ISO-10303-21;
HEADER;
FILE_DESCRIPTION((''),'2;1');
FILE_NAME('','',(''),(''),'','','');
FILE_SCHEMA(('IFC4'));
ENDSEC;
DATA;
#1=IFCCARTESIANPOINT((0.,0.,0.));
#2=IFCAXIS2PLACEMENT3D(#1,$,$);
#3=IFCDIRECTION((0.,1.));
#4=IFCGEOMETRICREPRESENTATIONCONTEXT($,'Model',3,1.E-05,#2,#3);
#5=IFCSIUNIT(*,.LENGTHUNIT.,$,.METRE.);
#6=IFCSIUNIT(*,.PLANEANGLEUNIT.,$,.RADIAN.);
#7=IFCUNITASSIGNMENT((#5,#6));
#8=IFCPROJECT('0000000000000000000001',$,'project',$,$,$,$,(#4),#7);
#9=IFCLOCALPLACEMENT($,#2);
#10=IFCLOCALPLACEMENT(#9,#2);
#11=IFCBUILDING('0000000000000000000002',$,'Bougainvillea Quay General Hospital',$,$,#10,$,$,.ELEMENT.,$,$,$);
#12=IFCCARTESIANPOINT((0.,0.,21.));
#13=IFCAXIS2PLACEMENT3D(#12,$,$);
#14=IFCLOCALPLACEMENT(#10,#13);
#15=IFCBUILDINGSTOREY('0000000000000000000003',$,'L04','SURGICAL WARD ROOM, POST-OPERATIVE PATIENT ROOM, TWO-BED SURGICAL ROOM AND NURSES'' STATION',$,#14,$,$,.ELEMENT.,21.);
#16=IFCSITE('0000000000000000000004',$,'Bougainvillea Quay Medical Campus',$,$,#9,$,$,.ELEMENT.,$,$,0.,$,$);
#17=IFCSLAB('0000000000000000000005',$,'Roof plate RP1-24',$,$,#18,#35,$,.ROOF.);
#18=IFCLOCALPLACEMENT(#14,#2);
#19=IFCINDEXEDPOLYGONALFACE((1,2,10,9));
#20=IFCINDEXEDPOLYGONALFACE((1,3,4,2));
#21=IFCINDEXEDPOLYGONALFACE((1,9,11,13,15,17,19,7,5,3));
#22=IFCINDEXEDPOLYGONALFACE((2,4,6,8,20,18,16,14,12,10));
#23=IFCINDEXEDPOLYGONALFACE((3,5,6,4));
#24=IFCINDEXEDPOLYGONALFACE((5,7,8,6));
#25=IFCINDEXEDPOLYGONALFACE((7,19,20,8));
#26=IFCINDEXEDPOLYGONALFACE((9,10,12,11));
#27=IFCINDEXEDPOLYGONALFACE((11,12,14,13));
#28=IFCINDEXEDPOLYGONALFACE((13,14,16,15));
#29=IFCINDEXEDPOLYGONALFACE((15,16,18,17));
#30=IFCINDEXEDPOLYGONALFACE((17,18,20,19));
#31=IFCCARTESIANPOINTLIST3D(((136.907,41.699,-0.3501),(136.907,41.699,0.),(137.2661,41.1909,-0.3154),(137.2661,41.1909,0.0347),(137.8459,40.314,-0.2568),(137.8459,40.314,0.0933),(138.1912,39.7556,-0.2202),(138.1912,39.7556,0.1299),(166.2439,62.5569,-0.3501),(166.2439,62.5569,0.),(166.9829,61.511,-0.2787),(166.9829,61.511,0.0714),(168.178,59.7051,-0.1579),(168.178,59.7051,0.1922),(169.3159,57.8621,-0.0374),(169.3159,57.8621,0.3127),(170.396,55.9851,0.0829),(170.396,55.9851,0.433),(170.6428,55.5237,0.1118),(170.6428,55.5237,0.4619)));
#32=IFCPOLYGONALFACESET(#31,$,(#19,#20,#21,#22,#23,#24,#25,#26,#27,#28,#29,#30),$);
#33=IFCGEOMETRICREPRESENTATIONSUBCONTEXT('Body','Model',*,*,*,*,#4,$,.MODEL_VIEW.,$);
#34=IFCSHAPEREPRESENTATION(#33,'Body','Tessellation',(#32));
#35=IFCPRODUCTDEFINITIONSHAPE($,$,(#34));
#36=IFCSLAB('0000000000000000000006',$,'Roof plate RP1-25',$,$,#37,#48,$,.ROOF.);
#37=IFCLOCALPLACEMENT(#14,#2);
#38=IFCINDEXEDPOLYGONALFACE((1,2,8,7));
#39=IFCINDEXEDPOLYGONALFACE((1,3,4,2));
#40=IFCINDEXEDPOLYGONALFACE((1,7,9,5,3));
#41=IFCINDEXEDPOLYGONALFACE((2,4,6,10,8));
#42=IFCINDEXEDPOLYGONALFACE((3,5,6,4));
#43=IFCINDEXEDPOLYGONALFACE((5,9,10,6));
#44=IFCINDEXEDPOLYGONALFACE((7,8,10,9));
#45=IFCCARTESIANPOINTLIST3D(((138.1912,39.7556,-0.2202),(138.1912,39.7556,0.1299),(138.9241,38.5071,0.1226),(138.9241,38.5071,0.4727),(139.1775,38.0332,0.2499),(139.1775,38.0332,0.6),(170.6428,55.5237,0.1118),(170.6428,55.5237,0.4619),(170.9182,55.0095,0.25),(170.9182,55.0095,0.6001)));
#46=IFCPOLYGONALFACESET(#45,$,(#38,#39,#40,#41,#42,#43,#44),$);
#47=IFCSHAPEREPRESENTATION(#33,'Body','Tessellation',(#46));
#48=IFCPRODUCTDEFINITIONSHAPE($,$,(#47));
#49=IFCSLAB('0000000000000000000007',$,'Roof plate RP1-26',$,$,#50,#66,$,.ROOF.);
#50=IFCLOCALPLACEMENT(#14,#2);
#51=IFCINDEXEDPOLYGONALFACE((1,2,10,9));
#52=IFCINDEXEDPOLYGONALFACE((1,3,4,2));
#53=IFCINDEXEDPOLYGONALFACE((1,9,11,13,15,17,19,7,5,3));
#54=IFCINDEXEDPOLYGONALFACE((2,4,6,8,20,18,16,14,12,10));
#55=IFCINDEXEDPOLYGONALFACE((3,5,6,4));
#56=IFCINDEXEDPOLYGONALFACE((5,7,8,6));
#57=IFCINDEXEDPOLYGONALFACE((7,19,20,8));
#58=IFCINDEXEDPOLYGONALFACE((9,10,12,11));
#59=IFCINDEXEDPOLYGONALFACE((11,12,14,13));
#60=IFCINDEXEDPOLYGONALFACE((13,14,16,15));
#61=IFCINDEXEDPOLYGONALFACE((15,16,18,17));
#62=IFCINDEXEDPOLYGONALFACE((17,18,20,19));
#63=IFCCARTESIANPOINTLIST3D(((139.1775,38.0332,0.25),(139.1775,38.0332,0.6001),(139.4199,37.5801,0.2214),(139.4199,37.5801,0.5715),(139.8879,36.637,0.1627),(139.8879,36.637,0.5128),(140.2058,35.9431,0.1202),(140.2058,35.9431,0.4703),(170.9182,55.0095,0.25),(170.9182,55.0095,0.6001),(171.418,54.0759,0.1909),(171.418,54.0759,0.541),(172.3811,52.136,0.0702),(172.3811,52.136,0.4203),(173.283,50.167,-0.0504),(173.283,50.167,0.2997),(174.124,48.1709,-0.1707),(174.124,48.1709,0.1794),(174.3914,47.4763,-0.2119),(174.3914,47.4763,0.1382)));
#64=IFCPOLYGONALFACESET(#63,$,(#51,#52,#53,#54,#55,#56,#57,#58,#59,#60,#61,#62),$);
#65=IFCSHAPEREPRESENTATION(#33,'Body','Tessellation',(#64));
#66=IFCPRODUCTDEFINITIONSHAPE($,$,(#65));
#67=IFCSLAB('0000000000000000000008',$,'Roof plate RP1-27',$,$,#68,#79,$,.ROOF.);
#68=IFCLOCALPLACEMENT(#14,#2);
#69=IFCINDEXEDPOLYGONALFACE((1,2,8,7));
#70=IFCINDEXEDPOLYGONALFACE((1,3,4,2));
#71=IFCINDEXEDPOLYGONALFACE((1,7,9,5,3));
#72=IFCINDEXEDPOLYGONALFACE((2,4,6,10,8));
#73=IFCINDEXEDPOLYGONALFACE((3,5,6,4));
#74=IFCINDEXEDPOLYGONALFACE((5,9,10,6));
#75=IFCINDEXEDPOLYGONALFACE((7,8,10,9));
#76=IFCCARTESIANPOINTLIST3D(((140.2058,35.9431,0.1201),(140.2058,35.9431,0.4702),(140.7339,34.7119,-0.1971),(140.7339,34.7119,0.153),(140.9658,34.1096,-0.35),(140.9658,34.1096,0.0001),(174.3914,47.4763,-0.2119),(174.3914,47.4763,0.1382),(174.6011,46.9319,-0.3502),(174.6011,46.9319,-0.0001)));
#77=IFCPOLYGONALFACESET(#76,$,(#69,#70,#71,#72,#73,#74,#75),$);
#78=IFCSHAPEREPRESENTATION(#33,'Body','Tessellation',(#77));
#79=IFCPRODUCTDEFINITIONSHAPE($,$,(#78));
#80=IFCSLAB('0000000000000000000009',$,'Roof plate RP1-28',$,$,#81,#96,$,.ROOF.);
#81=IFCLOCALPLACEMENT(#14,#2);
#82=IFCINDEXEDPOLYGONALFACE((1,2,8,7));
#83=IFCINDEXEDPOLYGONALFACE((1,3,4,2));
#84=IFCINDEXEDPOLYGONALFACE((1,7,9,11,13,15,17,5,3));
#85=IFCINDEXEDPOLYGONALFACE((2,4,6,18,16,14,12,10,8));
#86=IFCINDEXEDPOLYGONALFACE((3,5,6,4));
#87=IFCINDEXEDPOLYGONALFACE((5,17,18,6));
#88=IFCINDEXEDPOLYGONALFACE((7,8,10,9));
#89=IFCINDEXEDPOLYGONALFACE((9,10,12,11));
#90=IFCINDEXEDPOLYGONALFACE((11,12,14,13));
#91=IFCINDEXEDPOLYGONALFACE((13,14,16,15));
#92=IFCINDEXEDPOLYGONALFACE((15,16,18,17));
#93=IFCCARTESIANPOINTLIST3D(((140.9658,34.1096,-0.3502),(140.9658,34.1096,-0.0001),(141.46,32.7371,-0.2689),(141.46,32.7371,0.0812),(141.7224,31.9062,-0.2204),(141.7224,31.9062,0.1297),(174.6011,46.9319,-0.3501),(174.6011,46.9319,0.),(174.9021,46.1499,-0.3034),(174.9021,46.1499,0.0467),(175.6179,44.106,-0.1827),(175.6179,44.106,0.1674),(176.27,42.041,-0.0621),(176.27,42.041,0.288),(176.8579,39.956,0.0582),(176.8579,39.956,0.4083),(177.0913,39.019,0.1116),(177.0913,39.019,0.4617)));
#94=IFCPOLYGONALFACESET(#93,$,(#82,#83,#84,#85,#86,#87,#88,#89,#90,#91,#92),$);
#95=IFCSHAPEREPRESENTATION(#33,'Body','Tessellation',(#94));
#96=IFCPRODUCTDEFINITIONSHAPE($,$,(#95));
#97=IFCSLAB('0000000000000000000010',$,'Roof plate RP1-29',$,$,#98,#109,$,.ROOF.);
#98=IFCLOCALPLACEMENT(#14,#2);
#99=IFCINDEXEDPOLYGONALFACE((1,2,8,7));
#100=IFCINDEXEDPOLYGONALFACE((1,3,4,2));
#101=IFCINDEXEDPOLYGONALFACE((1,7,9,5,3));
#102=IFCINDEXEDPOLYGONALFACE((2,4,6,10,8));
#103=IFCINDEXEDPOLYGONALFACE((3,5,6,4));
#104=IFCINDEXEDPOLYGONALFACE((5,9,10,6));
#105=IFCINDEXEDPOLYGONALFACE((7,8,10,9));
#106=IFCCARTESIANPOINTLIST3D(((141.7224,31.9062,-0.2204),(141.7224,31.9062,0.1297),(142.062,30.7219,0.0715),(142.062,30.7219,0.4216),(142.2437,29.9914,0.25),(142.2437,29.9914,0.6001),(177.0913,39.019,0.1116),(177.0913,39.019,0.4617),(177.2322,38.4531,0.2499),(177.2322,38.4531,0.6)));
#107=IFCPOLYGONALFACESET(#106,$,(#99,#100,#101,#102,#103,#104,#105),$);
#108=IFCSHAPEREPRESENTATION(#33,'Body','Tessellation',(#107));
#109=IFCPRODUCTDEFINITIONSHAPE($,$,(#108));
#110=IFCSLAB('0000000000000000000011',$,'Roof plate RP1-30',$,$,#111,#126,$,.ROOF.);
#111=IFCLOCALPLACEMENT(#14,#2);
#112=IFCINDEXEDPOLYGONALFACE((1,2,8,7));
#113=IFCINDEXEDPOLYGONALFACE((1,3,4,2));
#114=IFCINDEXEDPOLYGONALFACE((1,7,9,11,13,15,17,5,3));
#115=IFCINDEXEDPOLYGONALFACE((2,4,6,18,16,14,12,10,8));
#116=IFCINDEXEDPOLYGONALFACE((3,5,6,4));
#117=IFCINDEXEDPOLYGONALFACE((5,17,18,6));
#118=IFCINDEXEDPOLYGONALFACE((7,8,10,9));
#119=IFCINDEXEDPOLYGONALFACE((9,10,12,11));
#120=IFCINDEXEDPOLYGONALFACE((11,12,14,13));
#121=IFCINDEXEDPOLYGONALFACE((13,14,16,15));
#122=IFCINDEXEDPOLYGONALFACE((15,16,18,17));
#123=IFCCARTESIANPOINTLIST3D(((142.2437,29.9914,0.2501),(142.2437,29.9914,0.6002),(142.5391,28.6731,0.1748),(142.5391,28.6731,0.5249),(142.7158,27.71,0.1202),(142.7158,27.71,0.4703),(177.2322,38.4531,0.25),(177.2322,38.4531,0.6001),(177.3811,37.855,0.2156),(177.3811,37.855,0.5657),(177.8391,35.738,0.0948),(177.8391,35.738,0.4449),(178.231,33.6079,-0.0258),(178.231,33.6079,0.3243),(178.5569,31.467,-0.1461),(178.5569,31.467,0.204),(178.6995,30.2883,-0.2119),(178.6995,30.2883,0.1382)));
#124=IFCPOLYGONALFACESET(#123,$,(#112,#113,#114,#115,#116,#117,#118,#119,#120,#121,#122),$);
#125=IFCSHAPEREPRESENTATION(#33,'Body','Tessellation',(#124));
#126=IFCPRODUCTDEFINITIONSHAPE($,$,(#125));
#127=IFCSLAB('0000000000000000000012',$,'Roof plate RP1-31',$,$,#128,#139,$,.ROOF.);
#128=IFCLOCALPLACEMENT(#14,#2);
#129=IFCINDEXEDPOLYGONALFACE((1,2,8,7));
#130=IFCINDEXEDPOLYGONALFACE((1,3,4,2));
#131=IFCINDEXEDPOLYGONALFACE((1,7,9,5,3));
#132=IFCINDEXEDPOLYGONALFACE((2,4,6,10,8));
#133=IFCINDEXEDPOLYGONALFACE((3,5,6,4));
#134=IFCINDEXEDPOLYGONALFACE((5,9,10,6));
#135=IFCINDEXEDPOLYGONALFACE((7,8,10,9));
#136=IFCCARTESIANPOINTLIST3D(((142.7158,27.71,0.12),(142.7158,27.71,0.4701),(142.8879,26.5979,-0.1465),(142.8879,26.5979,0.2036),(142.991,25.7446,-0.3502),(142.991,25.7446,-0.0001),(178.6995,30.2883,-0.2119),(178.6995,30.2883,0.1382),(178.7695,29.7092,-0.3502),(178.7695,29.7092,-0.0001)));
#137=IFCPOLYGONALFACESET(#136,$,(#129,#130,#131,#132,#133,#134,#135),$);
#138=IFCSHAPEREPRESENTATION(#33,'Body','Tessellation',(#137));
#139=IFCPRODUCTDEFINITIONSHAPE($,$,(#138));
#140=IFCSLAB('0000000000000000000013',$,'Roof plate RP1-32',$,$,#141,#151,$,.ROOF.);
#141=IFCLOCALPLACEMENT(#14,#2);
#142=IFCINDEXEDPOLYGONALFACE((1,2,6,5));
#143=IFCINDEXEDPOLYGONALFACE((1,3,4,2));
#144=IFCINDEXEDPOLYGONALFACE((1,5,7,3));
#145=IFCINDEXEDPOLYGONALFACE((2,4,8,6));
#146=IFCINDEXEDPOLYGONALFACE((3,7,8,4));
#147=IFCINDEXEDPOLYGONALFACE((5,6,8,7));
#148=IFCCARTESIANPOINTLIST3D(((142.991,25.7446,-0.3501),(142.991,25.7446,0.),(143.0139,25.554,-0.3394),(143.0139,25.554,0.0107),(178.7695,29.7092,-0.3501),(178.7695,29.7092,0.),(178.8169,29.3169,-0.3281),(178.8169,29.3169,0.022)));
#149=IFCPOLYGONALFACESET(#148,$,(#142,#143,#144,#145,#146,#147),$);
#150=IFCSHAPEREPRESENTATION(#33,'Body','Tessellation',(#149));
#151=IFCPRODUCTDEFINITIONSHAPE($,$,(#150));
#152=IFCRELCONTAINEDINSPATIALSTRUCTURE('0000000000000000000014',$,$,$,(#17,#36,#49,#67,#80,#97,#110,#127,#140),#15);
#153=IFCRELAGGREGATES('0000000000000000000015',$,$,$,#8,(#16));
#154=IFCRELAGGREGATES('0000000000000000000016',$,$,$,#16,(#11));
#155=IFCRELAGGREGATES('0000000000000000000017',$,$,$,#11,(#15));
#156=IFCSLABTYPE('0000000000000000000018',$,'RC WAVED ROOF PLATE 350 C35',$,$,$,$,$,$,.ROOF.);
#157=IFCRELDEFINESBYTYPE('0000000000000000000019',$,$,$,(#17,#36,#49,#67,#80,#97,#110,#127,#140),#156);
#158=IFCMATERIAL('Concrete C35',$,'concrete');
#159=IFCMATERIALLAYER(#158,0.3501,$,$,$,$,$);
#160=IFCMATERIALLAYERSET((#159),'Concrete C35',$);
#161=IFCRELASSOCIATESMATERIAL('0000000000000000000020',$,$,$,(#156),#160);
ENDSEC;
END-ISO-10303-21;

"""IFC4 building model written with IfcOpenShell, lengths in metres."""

from ifc_helpers import new_model, si_unit, direction, frame, origin, place, context, subcontext, project, spatial, polyline, outline, extrude, material, layer, layer_set, type_object, element, save


model = new_model("IFC4")

# Units and contexts
model_context = context("Model", 3, precision=1e-05, world=origin(), true_north=direction((0.0, 1.0)))
body_context = subcontext(model_context, "Body", "Model", "MODEL_VIEW")
ifc_project = project(units=[si_unit("LENGTHUNIT", "METRE"), si_unit("PLANEANGLEUNIT", "RADIAN")], contexts=[model_context])

# Site, building, storey
site_placement = place(None, origin())
site = spatial("IfcSite", under=ifc_project, at=site_placement, Name="Bougainvillea Quay Medical Campus", CompositionType="ELEMENT", RefElevation=0.0)
building_placement = place(site_placement, origin())
building = spatial("IfcBuilding", under=site, at=building_placement, Name="Bougainvillea Quay General Hospital", CompositionType="ELEMENT")
storey_placement = place(building_placement, frame((0.0, 0.0, 21.0)))
storey = spatial("IfcBuildingStorey", under=building, at=storey_placement, Name="L04", Description="SURGICAL WARD ROOM, POST-OPERATIVE PATIENT ROOM, TWO-BED SURGICAL ROOM AND NURSES' STATION", CompositionType="ELEMENT", Elevation=21.0)

# Slabs
ifc_material_1 = material(Name="Concrete C35", Category="concrete")
ifc_layer = layer(ifc_material_1, 0.3501)
ifc_layer_set = layer_set([ifc_layer], Name="Concrete C35")
slab_type = type_object("IfcSlabType", Name="RC WAVED ROOF PLATE 350 C35", PredefinedType="ROOF", material=ifc_layer_set)
slab_1_placement = place(storey_placement, frame((166.2439, 62.5569, 0.0), z_axis=(-0.032273, 0.045392, 0.998448), x_axis=(-0.815006, -0.579452, 0.0)))
element("IfcSlab", 1, at=slab_1_placement, inside=storey, type_object=slab_type, Name="Roof plate RP1-24", PredefinedType="ROOF", context=body_context, shape_type="SweptSolid", body=[
    extrude(outline(polyline([(0.0, 0.0), (35.9959, 0.0), (35.9976, 0.6231), (36.0332, 1.6755), (36.0754, 2.3316), (0.4903, 8.2939), (0.424, 7.774), (0.2167, 5.6151), (0.0762, 3.4503), (0.0037, 1.2826), (0.0, 0.0)])), origin(), (0.0, -0.055696, -0.998448), 0.3501),
])
slab_2_placement = place(storey_placement, frame((170.6428, 55.5237, 0.4619), z_axis=(-0.108757, 0.203338, 0.97305), x_axis=(-0.899406, -0.437016, -0.009203)))
element("IfcSlab", 2, at=slab_2_placement, inside=storey, type_object=slab_type, Name="Roof plate RP1-25", PredefinedType="ROOF", context=body_context, shape_type="SweptSolid", body=[
    extrude(outline(polyline([(0.0, 0.0), (36.0812, 0.0), (35.9645, 1.4832), (35.9425, 2.035), (-0.0243, 0.5989), (0.0, 0.0)])), origin(), (0.009203, -0.230412, -0.97305), 0.3501),
])
slab_3_placement = place(storey_placement, frame((170.9182, 55.0095, 0.6001), z_axis=(0.026269, -0.049113, 0.998448), x_axis=(-0.881799, -0.471625, 0.000001)))
element("IfcSlab", 3, at=slab_3_placement, inside=storey, type_object=slab_type, Name="Roof plate RP1-26", PredefinedType="ROOF", context=body_context, shape_type="SweptSolid", body=[
    extrude(outline(polyline([(0.0, 0.0), (35.9954, 0.0), (35.9953, 0.5147), (36.0274, 1.5687), (36.0744, 2.3316), (0.4902, 8.2937), (0.3984, 7.554), (0.1986, 5.3938), (0.0653, 3.2288), (-0.0004, 1.0606), (0.0, 0.0)])), origin(), (-0.000001, 0.055697, -0.998448), 0.3501),
])
slab_4_placement = place(storey_placement, frame((174.3914, 47.4763, 0.1382), z_axis=(0.082141, -0.21546, 0.973052), x_axis=(-0.947489, -0.319655, 0.009203)))
element("IfcSlab", 4, at=slab_4_placement, inside=storey, type_object=slab_type, Name="Roof plate RP1-27", PredefinedType="ROOF", context=body_context, shape_type="SweptSolid", body=[
    extrude(outline(polyline([(0.0, 0.0), (36.0801, 0.0), (35.9704, 1.3723), (35.9418, 2.035), (-0.0259, 0.599), (0.0, 0.0)])), origin(), (-0.009203, 0.230403, -0.973052), 0.3501),
])
slab_5_placement = place(storey_placement, frame((174.6011, 46.9319, 0.0), z_axis=(-0.019833, 0.05202, 0.998449), x_axis=(-0.934406, -0.35621, -0.000003)))
element("IfcSlab", 5, at=slab_5_placement, inside=storey, type_object=slab_type, Name="Roof plate RP1-28", PredefinedType="ROOF", context=body_context, shape_type="SweptSolid", body=[
    extrude(outline(polyline([(0.0, 0.0), (35.9964, 0.0), (36.0236, 1.4608), (36.0743, 2.332), (0.4917, 8.2937), (0.3761, 7.3335), (0.1827, 5.1726), (0.0565, 3.0074), (-0.0027, 0.8392), (0.0, 0.0)])), origin(), (0.000003, -0.055672, -0.998449), 0.3501),
])
slab_6_placement = place(storey_placement, frame((177.0913, 39.019, 0.4617), z_axis=(-0.054231, 0.224256, 0.97302), x_axis=(-0.98033, -0.197149, -0.009201)))
element("IfcSlab", 6, at=slab_6_placement, inside=storey, type_object=slab_type, Name="Roof plate RP1-29", PredefinedType="ROOF", context=body_context, shape_type="SweptSolid", body=[
    extrude(outline(polyline([(0.0, 0.0), (36.0785, 0.0), (35.9764, 1.262), (35.9407, 2.0348), (-0.0278, 0.5987), (0.0, 0.0)])), origin(), (0.009201, -0.230537, -0.97302), 0.3501),
])
slab_7_placement = place(storey_placement, frame((177.2322, 38.4531, 0.6001), z_axis=(0.013095, -0.054132, 0.998448), x_axis=(-0.97198, -0.235065, 0.000003)))
element("IfcSlab", 7, at=slab_7_placement, inside=storey, type_object=slab_type, Name="Roof plate RP1-30", PredefinedType="ROOF", context=body_context, shape_type="SweptSolid", body=[
    extrude(outline(polyline([(0.0, 0.0), (35.9972, 0.0), (36.0199, 1.353), (36.0745, 2.3322), (0.4931, 8.2938), (0.3546, 7.1128), (0.1681, 4.9519), (0.0483, 2.786), (-0.0042, 0.6174), (0.0, 0.0)])), origin(), (-0.000003, 0.055694, -0.998448), 0.3501),
])
slab_8_placement = place(storey_placement, frame((178.6995, 30.2883, 0.1382), z_axis=(0.025399, -0.229218, 0.973044), x_axis=(-0.997401, -0.071467, 0.009199)))
element("IfcSlab", 8, at=slab_8_placement, inside=storey, type_object=slab_type, Name="Roof plate RP1-31", PredefinedType="ROOF", context=body_context, shape_type="SweptSolid", body=[
    extrude(outline(polyline([(0.0, 0.0), (36.0774, 0.0), (35.9828, 1.1526), (35.9391, 2.0348), (-0.0298, 0.5987), (0.0, 0.0)])), origin(), (-0.009199, 0.230437, -0.973044), 0.3501),
])
slab_9_placement = place(storey_placement, frame((178.7695, 29.7092, 0.0), z_axis=(-0.006125, 0.055288, 0.998452), x_axis=(-0.993917, -0.110135, 0.000001)))
element("IfcSlab", 9, at=slab_9_placement, inside=storey, type_object=slab_type, Name="Roof plate RP1-32", PredefinedType="ROOF", context=body_context, shape_type="SweptSolid", body=[
    extrude(outline(polyline([(0.0, 0.0), (35.9976, 0.0), (35.9957, 0.1923), (-0.0039, 0.3958), (0.0, 0.0)])), origin(), (-0.000001, -0.055627, -0.998452), 0.3501),
])

save(model, "model.ifc")
